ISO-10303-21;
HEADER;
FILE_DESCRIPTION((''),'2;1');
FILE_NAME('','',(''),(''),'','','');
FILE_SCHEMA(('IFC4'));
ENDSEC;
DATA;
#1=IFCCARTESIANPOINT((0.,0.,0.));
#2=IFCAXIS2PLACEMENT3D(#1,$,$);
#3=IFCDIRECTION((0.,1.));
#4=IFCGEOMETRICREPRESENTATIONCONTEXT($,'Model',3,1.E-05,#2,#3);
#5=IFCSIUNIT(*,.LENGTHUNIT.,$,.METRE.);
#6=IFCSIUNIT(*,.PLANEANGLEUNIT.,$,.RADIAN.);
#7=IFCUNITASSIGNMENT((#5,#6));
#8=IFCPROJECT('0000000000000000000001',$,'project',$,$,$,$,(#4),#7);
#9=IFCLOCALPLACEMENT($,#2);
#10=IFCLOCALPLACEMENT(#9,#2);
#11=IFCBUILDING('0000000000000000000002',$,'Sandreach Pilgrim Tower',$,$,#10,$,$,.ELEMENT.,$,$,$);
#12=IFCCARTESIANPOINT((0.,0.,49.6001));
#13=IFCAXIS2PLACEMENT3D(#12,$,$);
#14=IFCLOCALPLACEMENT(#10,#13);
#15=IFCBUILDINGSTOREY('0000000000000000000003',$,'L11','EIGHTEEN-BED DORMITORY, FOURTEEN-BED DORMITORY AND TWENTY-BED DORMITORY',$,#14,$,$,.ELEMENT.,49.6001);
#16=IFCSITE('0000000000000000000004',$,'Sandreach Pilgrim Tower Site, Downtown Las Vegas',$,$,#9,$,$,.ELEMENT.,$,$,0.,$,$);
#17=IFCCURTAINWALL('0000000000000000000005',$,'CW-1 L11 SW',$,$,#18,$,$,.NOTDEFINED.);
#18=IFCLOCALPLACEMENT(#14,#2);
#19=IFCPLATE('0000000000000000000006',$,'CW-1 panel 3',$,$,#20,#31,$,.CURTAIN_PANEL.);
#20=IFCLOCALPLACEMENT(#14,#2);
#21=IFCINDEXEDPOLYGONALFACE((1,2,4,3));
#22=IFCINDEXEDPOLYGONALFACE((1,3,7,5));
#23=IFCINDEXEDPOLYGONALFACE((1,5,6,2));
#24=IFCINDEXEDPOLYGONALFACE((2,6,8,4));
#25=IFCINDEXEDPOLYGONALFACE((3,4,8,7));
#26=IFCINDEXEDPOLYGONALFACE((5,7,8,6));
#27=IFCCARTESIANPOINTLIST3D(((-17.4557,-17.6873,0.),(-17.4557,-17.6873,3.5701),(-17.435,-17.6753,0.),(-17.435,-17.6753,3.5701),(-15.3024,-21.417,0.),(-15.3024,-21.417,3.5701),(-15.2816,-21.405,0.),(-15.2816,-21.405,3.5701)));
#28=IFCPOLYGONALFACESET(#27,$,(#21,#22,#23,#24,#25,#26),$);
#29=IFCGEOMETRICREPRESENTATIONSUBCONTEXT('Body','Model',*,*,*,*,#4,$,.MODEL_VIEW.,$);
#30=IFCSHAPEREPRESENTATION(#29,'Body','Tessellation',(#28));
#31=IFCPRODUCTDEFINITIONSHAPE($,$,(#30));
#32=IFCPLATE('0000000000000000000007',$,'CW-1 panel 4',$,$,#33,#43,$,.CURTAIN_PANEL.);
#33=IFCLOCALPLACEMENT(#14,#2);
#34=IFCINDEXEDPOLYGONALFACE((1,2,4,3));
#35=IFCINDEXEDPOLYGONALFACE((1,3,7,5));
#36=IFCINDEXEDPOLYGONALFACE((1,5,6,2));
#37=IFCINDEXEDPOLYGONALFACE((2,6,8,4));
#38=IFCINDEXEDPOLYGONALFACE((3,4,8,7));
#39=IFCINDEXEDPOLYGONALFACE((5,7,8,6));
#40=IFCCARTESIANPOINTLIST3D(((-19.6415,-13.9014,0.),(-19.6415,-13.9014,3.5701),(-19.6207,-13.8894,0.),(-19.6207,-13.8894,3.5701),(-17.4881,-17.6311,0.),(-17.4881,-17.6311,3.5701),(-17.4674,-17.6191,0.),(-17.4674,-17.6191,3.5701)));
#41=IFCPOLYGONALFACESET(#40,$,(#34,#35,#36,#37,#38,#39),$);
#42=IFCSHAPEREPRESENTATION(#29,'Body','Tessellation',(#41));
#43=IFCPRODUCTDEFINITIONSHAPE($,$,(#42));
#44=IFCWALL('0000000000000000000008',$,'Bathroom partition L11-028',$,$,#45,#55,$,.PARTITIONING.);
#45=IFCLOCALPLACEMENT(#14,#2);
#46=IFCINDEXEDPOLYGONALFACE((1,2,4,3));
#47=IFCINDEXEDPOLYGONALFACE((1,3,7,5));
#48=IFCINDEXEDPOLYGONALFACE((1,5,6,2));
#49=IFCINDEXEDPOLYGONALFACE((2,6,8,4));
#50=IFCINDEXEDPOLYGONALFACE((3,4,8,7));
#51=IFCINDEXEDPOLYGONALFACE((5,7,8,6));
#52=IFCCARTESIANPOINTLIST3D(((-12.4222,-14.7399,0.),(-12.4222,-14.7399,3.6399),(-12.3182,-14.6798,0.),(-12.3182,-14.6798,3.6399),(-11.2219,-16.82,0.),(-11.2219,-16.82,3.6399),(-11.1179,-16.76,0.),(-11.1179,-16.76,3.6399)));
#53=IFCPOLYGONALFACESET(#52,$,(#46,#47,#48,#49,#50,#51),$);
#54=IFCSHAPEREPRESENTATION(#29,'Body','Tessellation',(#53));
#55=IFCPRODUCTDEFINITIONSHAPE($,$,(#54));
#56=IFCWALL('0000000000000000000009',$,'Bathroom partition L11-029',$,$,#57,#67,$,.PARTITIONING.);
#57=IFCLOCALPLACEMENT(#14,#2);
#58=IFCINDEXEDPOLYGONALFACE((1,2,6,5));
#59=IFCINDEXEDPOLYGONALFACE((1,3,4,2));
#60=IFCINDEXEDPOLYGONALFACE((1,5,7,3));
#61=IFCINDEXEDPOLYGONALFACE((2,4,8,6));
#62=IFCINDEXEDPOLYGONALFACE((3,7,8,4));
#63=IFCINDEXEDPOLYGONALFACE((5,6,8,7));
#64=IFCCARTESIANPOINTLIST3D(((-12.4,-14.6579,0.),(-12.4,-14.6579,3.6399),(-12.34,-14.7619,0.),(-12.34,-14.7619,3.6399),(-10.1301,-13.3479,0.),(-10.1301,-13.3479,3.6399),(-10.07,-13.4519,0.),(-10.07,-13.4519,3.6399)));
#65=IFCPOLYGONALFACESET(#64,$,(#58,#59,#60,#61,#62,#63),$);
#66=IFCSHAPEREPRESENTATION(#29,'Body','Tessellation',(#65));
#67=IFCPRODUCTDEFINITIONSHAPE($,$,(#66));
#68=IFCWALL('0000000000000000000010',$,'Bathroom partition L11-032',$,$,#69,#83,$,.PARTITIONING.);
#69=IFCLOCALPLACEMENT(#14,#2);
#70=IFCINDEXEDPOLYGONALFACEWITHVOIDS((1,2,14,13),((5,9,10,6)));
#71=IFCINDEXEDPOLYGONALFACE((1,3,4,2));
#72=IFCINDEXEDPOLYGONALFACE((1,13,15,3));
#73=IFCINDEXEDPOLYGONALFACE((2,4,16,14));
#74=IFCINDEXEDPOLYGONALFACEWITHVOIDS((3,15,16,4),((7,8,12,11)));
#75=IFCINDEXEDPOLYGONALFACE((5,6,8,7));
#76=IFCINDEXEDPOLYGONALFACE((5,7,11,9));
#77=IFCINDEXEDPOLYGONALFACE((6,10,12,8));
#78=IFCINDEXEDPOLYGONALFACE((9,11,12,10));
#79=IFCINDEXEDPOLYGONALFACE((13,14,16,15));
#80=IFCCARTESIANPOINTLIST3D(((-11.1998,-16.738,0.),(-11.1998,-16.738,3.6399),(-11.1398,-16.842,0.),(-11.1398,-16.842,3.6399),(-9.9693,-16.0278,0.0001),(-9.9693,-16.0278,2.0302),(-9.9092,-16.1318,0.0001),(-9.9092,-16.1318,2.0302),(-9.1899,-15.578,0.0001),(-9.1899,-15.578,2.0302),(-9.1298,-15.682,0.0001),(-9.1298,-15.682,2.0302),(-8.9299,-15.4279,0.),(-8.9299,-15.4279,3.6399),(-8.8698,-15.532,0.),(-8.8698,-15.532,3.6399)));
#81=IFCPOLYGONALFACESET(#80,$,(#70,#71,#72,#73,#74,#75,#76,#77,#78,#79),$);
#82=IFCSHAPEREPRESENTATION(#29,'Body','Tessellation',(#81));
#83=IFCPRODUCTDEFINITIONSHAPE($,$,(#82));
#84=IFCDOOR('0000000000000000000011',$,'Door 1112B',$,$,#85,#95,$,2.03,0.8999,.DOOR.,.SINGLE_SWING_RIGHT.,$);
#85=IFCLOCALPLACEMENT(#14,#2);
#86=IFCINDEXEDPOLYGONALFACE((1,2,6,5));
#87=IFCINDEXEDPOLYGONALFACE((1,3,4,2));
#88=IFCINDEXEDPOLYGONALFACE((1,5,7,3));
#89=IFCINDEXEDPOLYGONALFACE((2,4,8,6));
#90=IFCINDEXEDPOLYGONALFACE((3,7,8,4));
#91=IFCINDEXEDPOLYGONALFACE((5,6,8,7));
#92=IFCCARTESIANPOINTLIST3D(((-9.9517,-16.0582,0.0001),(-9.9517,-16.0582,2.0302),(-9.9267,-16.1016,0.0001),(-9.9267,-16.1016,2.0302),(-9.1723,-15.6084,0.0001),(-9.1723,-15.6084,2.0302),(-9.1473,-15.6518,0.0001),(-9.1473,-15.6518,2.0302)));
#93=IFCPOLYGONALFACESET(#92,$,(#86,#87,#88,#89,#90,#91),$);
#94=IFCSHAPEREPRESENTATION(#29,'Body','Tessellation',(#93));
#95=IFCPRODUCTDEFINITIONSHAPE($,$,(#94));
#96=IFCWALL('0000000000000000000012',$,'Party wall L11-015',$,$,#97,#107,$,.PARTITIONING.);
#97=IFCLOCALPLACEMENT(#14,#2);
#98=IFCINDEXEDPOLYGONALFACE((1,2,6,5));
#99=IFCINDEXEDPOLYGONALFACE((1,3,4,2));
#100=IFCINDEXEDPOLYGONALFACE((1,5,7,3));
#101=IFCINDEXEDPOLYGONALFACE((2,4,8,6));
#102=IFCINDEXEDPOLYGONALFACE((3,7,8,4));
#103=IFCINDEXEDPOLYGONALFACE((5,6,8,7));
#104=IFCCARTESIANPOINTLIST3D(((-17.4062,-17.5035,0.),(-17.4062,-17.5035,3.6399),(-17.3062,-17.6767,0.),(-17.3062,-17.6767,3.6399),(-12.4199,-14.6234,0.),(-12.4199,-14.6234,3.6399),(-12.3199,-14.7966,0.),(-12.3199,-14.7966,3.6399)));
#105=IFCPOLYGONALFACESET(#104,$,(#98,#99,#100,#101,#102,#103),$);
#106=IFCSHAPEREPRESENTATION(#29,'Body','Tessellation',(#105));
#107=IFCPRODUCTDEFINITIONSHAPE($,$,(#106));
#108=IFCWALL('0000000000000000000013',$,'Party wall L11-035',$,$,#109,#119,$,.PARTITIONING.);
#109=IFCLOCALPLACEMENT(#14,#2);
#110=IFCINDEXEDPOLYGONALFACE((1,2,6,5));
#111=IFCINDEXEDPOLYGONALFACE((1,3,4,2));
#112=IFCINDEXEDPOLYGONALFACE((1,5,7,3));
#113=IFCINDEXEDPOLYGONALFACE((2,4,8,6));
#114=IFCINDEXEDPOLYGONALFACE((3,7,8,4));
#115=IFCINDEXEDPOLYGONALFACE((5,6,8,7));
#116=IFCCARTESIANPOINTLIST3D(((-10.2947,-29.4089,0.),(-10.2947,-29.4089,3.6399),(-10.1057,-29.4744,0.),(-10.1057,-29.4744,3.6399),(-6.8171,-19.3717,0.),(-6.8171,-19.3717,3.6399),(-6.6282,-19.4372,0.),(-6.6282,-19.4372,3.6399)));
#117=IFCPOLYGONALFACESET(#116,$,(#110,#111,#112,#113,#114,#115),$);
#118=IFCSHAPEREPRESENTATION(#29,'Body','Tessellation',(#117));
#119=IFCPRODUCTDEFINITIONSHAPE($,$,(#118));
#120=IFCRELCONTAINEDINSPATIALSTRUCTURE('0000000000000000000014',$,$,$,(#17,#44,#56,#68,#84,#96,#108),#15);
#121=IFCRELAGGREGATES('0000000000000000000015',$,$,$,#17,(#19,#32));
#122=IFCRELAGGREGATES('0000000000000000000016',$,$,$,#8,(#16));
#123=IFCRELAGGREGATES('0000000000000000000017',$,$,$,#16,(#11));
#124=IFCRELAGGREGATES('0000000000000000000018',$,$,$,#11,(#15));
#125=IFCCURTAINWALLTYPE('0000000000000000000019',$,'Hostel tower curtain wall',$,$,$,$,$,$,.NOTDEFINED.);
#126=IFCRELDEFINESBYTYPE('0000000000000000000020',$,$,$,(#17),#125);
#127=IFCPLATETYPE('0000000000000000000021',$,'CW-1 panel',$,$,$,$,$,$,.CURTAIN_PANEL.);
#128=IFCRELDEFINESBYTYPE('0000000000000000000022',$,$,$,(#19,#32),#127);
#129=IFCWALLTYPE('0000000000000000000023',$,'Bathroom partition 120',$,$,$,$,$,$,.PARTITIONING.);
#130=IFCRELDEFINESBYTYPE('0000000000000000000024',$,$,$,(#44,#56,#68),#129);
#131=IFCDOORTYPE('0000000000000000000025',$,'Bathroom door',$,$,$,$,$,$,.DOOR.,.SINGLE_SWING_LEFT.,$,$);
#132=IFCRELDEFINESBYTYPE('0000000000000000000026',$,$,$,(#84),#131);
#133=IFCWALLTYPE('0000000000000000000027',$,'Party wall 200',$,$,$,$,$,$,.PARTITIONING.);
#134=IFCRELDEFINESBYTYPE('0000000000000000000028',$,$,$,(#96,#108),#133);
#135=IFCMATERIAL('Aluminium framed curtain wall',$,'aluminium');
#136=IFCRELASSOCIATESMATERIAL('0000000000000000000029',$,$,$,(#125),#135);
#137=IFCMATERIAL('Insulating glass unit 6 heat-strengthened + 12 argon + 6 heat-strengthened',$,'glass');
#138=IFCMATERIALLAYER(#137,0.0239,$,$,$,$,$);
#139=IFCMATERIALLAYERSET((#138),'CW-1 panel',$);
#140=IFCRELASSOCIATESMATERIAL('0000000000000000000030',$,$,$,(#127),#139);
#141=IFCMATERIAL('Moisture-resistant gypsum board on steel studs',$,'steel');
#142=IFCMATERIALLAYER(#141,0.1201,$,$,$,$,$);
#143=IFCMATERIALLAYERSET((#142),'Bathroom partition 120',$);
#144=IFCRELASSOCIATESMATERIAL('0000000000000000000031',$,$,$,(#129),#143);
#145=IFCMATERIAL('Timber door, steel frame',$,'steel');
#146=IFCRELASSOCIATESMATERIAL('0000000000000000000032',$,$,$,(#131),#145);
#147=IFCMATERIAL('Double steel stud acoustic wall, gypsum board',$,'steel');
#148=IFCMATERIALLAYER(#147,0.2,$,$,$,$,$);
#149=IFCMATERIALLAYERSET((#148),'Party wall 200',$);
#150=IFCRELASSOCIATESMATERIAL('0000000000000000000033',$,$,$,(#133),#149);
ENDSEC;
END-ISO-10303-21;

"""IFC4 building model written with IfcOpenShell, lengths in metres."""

from ifc_helpers import new_model, si_unit, direction, frame, frame_2d, origin, origin_2d, place, context, subcontext, project, spatial, rectangle, extrude, material, layer, layer_set, type_object, element, fill, aggregate, save


model = new_model("IFC4")

# Units and contexts
model_context = context("Model", 3, precision=1e-05, world=origin(), true_north=direction((0.0, 1.0)))
body_context = subcontext(model_context, "Body", "Model", "MODEL_VIEW")
ifc_project = project(units=[si_unit("LENGTHUNIT", "METRE"), si_unit("PLANEANGLEUNIT", "RADIAN")], contexts=[model_context])

# Site, building, storey
site_placement = place(None, origin())
site = spatial("IfcSite", under=ifc_project, at=site_placement, Name="Sandreach Pilgrim Tower Site, Downtown Las Vegas", CompositionType="ELEMENT", RefElevation=0.0)
building_placement = place(site_placement, origin())
building = spatial("IfcBuilding", under=site, at=building_placement, Name="Sandreach Pilgrim Tower", CompositionType="ELEMENT")
storey_placement = place(building_placement, frame((0.0, 0.0, 49.6001)))
storey = spatial("IfcBuildingStorey", under=building, at=storey_placement, Name="L11", Description="EIGHTEEN-BED DORMITORY, FOURTEEN-BED DORMITORY AND TWENTY-BED DORMITORY", CompositionType="ELEMENT", Elevation=49.6001)

# Curtain wall
ifc_material_1 = material(Name="Aluminium framed curtain wall", Category="aluminium")
curtain_wall_type = type_object("IfcCurtainWallType", Name="Hostel tower curtain wall", PredefinedType="NOTDEFINED", material=ifc_material_1)
curtain_wall_placement = place(storey_placement, origin())
curtain_wall = element("IfcCurtainWall", 1, at=curtain_wall_placement, inside=storey, type_object=curtain_wall_type, Name="CW-1 L11 SW", PredefinedType="NOTDEFINED")

# Plates
ifc_material_2 = material(Name="Insulating glass unit 6 heat-strengthened + 12 argon + 6 heat-strengthened", Category="glass")
ifc_layer_1 = layer(ifc_material_2, 0.0239)
ifc_layer_set_1 = layer_set([ifc_layer_1], Name="CW-1 panel")
plate_type = type_object("IfcPlateType", Name="CW-1 panel", PredefinedType="CURTAIN_PANEL", material=ifc_layer_set_1)
plate_1_placement = place(storey_placement, frame((-16.3687, -19.5461, 0.0), z_axis=(0.0, 0.0, 1.0), x_axis=(-0.5, 0.866025, 0.0)))
plate_1 = element("IfcPlate", 2, at=plate_1_placement, type_object=plate_type, Name="CW-1 panel 3", PredefinedType="CURTAIN_PANEL", context=body_context, shape_type="SweptSolid", body=[
    extrude(rectangle(XDim=4.3066, YDim=0.0239, at=origin_2d()), origin(), (0.0, 0.0, 1.0), 3.5701),
])
plate_2_placement = place(storey_placement, frame((-18.5544, -15.7603, 0.0), z_axis=(0.0, 0.0, 1.0), x_axis=(-0.5, 0.866025, 0.0)))
plate_2 = element("IfcPlate", 3, at=plate_2_placement, type_object=plate_type, Name="CW-1 panel 4", PredefinedType="CURTAIN_PANEL", context=body_context, shape_type="SweptSolid", body=[
    extrude(rectangle(XDim=4.3066, YDim=0.0239, at=origin_2d()), origin(), (0.0, 0.0, 1.0), 3.5701),
])
aggregate(curtain_wall, [plate_1, plate_2])

# Walls
ifc_material_3 = material(Name="Moisture-resistant gypsum board on steel studs", Category="steel")
ifc_layer_2 = layer(ifc_material_3, 0.1201)
ifc_layer_set_2 = layer_set([ifc_layer_2], Name="Bathroom partition 120")
wall_type_1 = type_object("IfcWallType", Name="Bathroom partition 120", PredefinedType="PARTITIONING", material=ifc_layer_set_2)
wall_1_placement = place(storey_placement, frame((-12.3701, -14.71, 0.0), z_axis=(0.0, 0.0, 1.0), x_axis=(0.499769, -0.866159, 0.0)))
element("IfcWall", 4, at=wall_1_placement, inside=storey, type_object=wall_type_1, Name="Bathroom partition L11-028", PredefinedType="PARTITIONING", context=body_context, shape_type="SweptSolid", body=[
    extrude(rectangle(XDim=2.4016, YDim=0.1201, at=frame_2d((1.2007, 0.0))), origin(), (0.0, 0.0, 1.0), 3.6399),
])
wall_2_placement = place(storey_placement, frame((-12.3701, -14.71, 0.0), z_axis=(0.0, 0.0, 1.0), x_axis=(0.866114, 0.499846, 0.0)))
element("IfcWall", 5, at=wall_2_placement, inside=storey, type_object=wall_type_1, Name="Bathroom partition L11-029", PredefinedType="PARTITIONING", context=body_context, shape_type="SweptSolid", body=[
    extrude(rectangle(XDim=2.6208, YDim=0.1201, at=frame_2d((1.3105, 0.0))), origin(), (0.0, 0.0, 1.0), 3.6399),
])

# Wall, opening, door
wall_3_placement = place(storey_placement, frame((-11.1699, -16.79, 0.0), z_axis=(0.0, 0.0, 1.0), x_axis=(0.866114, 0.499846, 0.0)))
wall_3 = element("IfcWall", 6, at=wall_3_placement, inside=storey, type_object=wall_type_1, Name="Bathroom partition L11-032", PredefinedType="PARTITIONING", context=body_context, shape_type="SweptSolid", body=[
    extrude(rectangle(XDim=2.6208, YDim=0.1201, at=frame_2d((1.3105, 0.0))), origin(), (0.0, 0.0, 1.0), 3.6399),
])
opening_placement = place(wall_3_placement, frame((1.4209, 0.0, 0.0)))
opening = element("IfcOpeningElement", 7, at=opening_placement, cuts=wall_3, PredefinedType="OPENING", context=body_context, shape_type="SweptSolid", body=[
    extrude(rectangle(XDim=0.8999, YDim=2.03, at=frame_2d((0.45, 1.0151))), frame((0.0, 0.0601, 0.0), z_axis=(0.0, -1.0, 0.0), x_axis=(1.0, 0.0, 0.0)), (0.0, 0.0, 1.0), 0.1201),
])
ifc_material_4 = material(Name="Timber door, steel frame", Category="steel")
door_type = type_object("IfcDoorType", Name="Bathroom door", OperationType="SINGLE_SWING_LEFT", PredefinedType="DOOR", material=ifc_material_4)
door_placement = place(opening_placement, origin())
door = element("IfcDoor", 8, at=door_placement, inside=storey, type_object=door_type, Name="Door 1112B", OperationType="SINGLE_SWING_RIGHT", OverallHeight=2.03, OverallWidth=0.8999, PredefinedType="DOOR", context=body_context, shape_type="SweptSolid", body=[
    extrude(rectangle(XDim=0.8999, YDim=2.03, at=frame_2d((0.45, 1.0151))), frame((0.0, 0.0249, 0.0), z_axis=(0.0, -1.0, 0.0), x_axis=(1.0, 0.0, 0.0)), (0.0, 0.0, 1.0), 0.05),
])
fill(opening, door)

# Walls
ifc_material_5 = material(Name="Double steel stud acoustic wall, gypsum board", Category="steel")
ifc_layer_3 = layer(ifc_material_5, 0.2)
ifc_layer_set_3 = layer_set([ifc_layer_3], Name="Party wall 200")
wall_type_2 = type_object("IfcWallType", Name="Party wall 200", PredefinedType="PARTITIONING", material=ifc_layer_set_3)
wall_4_placement = place(storey_placement, frame((-17.3562, -17.5901, 0.0), z_axis=(0.0, 0.0, 1.0), x_axis=(0.86593, 0.500165, 0.0)))
element("IfcWall", 9, at=wall_4_placement, inside=storey, type_object=wall_type_2, Name="Party wall L11-015", PredefinedType="PARTITIONING", context=body_context, shape_type="SweptSolid", body=[
    extrude(rectangle(XDim=5.7583, YDim=0.2, at=frame_2d((2.8792, 0.0))), origin(), (0.0, 0.0, 1.0), 3.6399),
])
wall_5_placement = place(storey_placement, frame((-10.2002, -29.4417, 0.0), z_axis=(0.0, 0.0, 1.0), x_axis=(0.327376, 0.944894, 0.0)))
element("IfcWall", 10, at=wall_5_placement, inside=storey, type_object=wall_type_2, Name="Party wall L11-035", PredefinedType="PARTITIONING", context=body_context, shape_type="SweptSolid", body=[
    extrude(rectangle(XDim=10.6226, YDim=0.2, at=frame_2d((5.3113, 0.0))), origin(), (0.0, 0.0, 1.0), 3.6399),
])

save(model, "model.ifc")
